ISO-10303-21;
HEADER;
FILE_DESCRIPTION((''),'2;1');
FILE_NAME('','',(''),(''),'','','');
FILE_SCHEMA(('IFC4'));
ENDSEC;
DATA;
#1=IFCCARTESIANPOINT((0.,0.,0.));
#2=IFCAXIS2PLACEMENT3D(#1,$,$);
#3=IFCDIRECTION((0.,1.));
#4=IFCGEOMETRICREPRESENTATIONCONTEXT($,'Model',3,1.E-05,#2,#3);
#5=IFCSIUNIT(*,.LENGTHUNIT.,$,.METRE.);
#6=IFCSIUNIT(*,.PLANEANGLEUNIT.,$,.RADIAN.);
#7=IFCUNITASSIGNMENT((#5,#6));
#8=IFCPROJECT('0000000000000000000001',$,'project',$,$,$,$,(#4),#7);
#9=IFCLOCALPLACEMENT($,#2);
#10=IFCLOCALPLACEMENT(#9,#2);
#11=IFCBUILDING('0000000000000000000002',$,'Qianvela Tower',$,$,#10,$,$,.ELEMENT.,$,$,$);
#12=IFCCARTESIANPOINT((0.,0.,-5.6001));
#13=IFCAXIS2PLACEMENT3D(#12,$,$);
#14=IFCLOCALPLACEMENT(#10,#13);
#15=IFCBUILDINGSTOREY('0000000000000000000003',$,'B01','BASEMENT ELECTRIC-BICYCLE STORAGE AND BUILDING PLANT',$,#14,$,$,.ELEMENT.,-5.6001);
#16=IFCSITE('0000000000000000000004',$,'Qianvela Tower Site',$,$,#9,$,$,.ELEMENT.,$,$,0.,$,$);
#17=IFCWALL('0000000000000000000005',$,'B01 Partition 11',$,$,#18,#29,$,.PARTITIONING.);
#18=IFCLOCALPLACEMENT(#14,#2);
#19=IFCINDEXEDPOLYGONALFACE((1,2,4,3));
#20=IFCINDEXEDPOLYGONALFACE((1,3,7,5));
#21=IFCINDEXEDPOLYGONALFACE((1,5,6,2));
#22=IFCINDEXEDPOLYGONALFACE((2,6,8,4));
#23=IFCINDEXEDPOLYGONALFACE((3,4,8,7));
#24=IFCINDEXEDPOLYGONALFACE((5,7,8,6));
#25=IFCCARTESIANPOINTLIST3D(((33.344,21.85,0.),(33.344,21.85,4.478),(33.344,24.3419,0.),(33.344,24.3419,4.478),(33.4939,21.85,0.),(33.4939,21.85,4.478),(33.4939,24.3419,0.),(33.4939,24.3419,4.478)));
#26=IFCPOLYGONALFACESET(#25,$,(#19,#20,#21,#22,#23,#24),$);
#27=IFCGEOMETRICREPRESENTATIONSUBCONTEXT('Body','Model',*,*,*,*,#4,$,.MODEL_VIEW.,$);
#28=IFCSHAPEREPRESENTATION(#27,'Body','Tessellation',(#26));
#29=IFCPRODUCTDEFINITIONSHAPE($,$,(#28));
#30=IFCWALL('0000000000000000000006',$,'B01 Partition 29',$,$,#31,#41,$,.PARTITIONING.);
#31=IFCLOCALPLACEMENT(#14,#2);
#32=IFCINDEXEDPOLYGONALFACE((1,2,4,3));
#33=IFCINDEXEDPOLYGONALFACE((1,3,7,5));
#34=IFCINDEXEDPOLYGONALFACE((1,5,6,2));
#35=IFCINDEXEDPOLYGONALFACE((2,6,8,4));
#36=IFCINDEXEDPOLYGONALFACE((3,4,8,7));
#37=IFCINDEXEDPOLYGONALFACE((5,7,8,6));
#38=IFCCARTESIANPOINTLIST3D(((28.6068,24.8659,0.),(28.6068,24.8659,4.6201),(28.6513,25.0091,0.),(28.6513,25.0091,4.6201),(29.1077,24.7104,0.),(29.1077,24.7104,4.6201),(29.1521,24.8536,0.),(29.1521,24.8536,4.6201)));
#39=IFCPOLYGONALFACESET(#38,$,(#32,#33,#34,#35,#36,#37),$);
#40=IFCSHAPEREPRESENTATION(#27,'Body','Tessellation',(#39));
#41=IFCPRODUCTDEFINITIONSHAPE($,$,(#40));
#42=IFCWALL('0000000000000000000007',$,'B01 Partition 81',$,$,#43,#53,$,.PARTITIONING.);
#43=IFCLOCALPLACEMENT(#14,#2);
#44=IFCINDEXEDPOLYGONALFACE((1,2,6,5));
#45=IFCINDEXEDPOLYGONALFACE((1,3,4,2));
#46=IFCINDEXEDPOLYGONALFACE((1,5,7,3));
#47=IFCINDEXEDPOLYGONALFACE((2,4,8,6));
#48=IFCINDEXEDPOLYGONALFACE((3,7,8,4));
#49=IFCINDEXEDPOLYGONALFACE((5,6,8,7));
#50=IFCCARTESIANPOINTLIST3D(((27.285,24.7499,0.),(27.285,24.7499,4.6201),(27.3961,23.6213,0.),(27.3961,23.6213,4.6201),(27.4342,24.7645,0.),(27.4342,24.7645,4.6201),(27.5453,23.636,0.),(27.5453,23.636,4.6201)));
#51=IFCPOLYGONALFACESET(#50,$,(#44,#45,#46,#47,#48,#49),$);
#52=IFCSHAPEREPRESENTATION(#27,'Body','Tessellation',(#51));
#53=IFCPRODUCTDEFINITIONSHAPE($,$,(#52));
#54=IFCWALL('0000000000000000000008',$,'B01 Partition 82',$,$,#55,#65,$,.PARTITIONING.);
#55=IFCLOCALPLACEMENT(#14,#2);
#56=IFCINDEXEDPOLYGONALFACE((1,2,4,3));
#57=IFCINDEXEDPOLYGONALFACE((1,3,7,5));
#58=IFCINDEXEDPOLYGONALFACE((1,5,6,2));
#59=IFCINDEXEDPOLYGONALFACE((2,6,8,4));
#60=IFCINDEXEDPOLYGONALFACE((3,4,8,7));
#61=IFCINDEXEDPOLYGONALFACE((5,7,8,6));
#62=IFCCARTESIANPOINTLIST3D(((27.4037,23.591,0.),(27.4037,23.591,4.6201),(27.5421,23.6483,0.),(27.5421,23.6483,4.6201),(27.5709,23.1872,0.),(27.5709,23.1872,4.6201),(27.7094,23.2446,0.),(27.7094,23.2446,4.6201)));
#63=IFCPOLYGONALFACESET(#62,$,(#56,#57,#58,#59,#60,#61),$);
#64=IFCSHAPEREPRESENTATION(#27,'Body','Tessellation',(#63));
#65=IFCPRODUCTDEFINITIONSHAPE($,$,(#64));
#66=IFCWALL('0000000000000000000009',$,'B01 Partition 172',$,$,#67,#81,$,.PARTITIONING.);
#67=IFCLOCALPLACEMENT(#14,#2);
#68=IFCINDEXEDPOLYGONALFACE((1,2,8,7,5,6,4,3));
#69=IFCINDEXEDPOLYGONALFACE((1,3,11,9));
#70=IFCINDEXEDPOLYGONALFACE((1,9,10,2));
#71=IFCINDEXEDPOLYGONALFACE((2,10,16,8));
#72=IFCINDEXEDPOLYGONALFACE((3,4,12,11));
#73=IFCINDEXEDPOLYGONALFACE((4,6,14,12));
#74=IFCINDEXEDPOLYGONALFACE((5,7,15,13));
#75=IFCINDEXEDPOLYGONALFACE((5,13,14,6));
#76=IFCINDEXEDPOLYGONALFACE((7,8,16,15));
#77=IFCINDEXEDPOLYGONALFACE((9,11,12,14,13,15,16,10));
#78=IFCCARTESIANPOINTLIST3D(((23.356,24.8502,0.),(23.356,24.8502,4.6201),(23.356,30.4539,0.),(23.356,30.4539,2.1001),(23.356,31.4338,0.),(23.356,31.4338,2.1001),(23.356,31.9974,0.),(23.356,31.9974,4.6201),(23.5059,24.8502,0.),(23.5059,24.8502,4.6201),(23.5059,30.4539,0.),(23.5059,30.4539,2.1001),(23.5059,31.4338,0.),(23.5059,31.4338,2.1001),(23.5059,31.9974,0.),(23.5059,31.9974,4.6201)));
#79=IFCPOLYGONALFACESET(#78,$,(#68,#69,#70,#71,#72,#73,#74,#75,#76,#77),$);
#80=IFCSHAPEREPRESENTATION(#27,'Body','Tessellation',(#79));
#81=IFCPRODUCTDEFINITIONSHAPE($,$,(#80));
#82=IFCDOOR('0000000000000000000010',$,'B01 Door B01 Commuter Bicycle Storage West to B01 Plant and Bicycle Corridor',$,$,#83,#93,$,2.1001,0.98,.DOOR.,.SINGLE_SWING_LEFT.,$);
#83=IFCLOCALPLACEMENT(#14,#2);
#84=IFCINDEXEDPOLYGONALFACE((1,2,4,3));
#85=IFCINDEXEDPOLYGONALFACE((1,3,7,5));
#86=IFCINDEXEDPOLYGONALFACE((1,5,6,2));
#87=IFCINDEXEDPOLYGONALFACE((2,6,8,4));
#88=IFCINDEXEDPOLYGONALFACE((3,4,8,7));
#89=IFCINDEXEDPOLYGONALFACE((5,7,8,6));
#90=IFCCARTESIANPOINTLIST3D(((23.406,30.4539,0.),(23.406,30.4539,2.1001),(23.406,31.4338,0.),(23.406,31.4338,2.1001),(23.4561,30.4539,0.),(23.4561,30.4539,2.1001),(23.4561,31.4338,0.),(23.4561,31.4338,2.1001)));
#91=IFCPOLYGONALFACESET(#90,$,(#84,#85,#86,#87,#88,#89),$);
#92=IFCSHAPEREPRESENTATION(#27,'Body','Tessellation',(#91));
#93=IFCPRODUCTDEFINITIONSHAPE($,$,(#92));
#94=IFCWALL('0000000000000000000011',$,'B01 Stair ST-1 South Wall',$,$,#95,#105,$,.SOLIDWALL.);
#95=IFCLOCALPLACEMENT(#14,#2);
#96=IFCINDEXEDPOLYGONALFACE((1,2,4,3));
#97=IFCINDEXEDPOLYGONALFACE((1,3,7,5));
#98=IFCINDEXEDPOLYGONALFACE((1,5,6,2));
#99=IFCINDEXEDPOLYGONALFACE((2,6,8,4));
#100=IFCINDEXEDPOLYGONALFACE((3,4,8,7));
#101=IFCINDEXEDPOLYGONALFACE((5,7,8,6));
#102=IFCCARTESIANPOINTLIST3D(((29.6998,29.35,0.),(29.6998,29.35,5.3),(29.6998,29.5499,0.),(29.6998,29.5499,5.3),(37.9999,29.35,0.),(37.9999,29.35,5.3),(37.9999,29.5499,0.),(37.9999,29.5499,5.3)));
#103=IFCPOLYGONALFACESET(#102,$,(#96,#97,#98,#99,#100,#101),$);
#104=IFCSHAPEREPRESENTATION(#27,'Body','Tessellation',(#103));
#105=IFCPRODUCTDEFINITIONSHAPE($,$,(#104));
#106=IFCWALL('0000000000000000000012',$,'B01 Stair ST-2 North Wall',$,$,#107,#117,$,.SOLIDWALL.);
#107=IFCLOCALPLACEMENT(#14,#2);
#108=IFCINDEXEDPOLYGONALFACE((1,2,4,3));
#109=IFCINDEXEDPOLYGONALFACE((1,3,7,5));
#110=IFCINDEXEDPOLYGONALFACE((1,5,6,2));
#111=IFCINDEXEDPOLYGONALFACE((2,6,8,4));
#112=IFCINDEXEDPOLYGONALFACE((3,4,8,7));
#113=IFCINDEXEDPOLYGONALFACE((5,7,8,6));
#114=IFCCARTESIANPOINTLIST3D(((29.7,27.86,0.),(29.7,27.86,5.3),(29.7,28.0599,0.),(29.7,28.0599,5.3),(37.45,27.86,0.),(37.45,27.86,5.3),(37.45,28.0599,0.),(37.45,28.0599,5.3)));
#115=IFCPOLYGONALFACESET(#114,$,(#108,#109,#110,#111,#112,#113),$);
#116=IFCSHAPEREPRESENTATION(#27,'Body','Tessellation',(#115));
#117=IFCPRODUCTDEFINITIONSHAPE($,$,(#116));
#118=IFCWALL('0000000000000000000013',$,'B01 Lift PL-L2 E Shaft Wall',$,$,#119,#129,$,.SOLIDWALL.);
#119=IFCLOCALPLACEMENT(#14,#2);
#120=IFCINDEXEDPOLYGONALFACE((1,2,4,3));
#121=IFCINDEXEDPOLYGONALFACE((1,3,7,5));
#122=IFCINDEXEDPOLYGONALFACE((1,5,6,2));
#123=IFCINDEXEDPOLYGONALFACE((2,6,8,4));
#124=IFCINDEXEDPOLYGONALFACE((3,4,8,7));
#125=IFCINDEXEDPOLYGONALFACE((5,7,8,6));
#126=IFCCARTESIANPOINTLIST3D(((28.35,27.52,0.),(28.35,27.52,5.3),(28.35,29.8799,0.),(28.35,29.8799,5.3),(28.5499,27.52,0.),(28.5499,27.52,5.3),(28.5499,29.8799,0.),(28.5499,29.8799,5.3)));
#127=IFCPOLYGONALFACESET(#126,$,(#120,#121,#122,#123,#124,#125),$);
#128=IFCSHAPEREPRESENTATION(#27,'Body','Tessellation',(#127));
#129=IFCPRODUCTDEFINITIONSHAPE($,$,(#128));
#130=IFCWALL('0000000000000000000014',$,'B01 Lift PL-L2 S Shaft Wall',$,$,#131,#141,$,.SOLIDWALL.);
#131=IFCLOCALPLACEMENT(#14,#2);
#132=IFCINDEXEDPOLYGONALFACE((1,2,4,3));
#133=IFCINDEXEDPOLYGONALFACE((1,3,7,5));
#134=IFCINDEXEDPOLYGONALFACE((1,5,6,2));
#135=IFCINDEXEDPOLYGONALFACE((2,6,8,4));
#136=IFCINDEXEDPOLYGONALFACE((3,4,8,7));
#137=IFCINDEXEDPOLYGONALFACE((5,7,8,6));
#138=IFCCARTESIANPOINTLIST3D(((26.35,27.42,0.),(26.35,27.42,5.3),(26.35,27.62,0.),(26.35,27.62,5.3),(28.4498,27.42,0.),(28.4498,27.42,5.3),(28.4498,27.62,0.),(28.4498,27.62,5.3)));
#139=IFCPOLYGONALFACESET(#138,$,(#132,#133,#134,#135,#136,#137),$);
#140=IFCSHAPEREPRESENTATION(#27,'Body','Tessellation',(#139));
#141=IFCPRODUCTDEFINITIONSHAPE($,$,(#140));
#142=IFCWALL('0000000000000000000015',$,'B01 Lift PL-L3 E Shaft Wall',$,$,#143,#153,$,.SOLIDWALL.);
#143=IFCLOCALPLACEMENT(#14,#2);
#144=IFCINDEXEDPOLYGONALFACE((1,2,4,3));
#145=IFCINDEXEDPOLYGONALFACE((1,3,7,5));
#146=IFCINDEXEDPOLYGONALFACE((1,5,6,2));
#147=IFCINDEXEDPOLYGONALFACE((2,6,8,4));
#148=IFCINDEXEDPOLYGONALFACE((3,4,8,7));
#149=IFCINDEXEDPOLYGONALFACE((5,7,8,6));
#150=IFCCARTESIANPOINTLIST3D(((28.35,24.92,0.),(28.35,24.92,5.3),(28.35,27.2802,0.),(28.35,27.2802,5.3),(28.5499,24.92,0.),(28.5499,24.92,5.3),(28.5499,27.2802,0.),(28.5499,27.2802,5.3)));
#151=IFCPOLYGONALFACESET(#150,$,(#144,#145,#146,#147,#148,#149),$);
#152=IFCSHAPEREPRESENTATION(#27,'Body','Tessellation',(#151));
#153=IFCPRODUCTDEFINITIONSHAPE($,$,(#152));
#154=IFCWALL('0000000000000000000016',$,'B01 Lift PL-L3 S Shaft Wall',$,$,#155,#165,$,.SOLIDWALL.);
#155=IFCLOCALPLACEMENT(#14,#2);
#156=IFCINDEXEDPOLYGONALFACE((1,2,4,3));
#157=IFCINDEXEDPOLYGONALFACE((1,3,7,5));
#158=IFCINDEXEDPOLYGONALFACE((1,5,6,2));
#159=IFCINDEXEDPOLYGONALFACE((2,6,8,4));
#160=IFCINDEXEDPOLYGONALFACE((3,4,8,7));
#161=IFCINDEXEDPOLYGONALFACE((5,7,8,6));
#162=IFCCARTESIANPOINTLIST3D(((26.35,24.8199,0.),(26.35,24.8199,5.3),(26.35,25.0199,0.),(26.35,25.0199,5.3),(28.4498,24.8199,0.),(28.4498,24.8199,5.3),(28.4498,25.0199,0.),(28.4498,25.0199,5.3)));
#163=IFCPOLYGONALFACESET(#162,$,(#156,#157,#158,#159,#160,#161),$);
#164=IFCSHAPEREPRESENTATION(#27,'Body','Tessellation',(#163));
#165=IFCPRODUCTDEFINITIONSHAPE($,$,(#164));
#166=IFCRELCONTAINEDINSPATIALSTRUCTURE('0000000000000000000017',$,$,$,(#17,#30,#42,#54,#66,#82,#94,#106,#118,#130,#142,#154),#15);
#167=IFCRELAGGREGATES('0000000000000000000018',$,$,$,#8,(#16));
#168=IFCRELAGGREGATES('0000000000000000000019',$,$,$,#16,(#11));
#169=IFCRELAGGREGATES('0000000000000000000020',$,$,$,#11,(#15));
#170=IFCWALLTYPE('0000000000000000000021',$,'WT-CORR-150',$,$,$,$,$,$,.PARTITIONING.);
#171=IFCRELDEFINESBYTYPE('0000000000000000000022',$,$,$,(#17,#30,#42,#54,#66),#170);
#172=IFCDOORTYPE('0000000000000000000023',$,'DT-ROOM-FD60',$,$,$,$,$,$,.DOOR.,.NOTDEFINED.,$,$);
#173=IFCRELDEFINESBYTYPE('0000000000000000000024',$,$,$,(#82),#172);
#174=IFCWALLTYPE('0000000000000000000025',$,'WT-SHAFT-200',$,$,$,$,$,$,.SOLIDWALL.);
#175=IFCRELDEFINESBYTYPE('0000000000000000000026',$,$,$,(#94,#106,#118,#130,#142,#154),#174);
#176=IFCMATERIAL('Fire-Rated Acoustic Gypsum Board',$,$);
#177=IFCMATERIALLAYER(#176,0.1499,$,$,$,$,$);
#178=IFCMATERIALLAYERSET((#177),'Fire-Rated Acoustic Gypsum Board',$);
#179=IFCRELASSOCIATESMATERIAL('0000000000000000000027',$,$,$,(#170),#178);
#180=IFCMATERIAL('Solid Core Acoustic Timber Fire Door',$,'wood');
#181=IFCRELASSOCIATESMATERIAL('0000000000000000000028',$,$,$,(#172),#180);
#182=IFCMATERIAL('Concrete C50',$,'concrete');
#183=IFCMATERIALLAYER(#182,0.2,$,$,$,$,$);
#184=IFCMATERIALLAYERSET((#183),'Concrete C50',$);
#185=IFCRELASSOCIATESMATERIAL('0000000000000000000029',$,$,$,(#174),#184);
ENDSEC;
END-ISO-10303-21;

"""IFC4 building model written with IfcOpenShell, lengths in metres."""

from ifc_helpers import new_model, si_unit, direction, frame, frame_2d, origin, place, context, subcontext, project, spatial, rectangle, extrude, material, layer, layer_set, type_object, element, fill, save


model = new_model("IFC4")

# Units and contexts
model_context = context("Model", 3, precision=1e-05, world=origin(), true_north=direction((0.0, 1.0)))
body_context = subcontext(model_context, "Body", "Model", "MODEL_VIEW")
ifc_project = project(units=[si_unit("LENGTHUNIT", "METRE"), si_unit("PLANEANGLEUNIT", "RADIAN")], contexts=[model_context])

# Site, building, storey
site_placement = place(None, origin())
site = spatial("IfcSite", under=ifc_project, at=site_placement, Name="Qianvela Tower Site", CompositionType="ELEMENT", RefElevation=0.0)
building_placement = place(site_placement, origin())
building = spatial("IfcBuilding", under=site, at=building_placement, Name="Qianvela Tower", CompositionType="ELEMENT")
storey_placement = place(building_placement, frame((0.0, 0.0, -5.6001)))
storey = spatial("IfcBuildingStorey", under=building, at=storey_placement, Name="B01", Description="BASEMENT ELECTRIC-BICYCLE STORAGE AND BUILDING PLANT", CompositionType="ELEMENT", Elevation=-5.6001)

# Walls
ifc_material_1 = material(Name="Fire-Rated Acoustic Gypsum Board")
ifc_layer_1 = layer(ifc_material_1, 0.1499)
ifc_layer_set_1 = layer_set([ifc_layer_1], Name="Fire-Rated Acoustic Gypsum Board")
wall_type_1 = type_object("IfcWallType", Name="WT-CORR-150", PredefinedType="PARTITIONING", material=ifc_layer_set_1)
wall_1_placement = place(storey_placement, frame((33.4189, 24.342, 0.0), z_axis=(0.0, 0.0, 1.0), x_axis=(0.0, -1.0, 0.0)))
element("IfcWall", 1, at=wall_1_placement, inside=storey, type_object=wall_type_1, Name="B01 Partition 11", PredefinedType="PARTITIONING", context=body_context, shape_type="SweptSolid", body=[
    extrude(rectangle(XDim=2.4919, YDim=0.1499, at=frame_2d((1.2461, 0.0))), origin(), (0.0, 0.0, 1.0), 4.478),
])
wall_2_placement = place(storey_placement, frame((29.1299, 24.782, 0.0), z_axis=(0.0, 0.0, 1.0), x_axis=(-0.955, 0.296604, 0.0)))
element("IfcWall", 2, at=wall_2_placement, inside=storey, type_object=wall_type_1, Name="B01 Partition 29", PredefinedType="PARTITIONING", context=body_context, shape_type="SweptSolid", body=[
    extrude(rectangle(XDim=0.5244, YDim=0.1499, at=frame_2d((0.2622, 0.0))), origin(), (0.0, 0.0, 1.0), 4.6201),
])
wall_3_placement = place(storey_placement, frame((27.3596, 24.7571, 0.0), z_axis=(0.0, 0.0, 1.0), x_axis=(0.097948, -0.995192, 0.0)))
element("IfcWall", 3, at=wall_3_placement, inside=storey, type_object=wall_type_1, Name="B01 Partition 81", PredefinedType="PARTITIONING", context=body_context, shape_type="SweptSolid", body=[
    extrude(rectangle(XDim=1.134, YDim=0.1499, at=frame_2d((0.5669, 0.0))), origin(), (0.0, 0.0, 1.0), 4.6201),
])
wall_4_placement = place(storey_placement, frame((27.4729, 23.6196, 0.0), z_axis=(0.0, 0.0, 1.0), x_axis=(0.382631, -0.923901, 0.0)))
element("IfcWall", 4, at=wall_4_placement, inside=storey, type_object=wall_type_1, Name="B01 Partition 82", PredefinedType="PARTITIONING", context=body_context, shape_type="SweptSolid", body=[
    extrude(rectangle(XDim=0.437, YDim=0.1499, at=frame_2d((0.2185, 0.0))), origin(), (0.0, 0.0, 1.0), 4.6201),
])

# Wall, opening, door
wall_5_placement = place(storey_placement, frame((23.4309, 24.8501, 0.0), z_axis=(0.0, 0.0, 1.0), x_axis=(0.0, 1.0, 0.0)))
wall_5 = element("IfcWall", 5, at=wall_5_placement, inside=storey, type_object=wall_type_1, Name="B01 Partition 172", PredefinedType="PARTITIONING", context=body_context, shape_type="SweptSolid", body=[
    extrude(rectangle(XDim=7.1472, YDim=0.1499, at=frame_2d((3.5737, 0.0))), origin(), (0.0, 0.0, 1.0), 4.6201),
])
opening_1_placement = place(wall_5_placement, frame((5.6038, 0.0, 0.0)))
opening_1 = element("IfcOpeningElement", 6, at=opening_1_placement, cuts=wall_5, PredefinedType="OPENING", context=body_context, shape_type="SweptSolid", body=[
    extrude(rectangle(XDim=0.98, YDim=2.1001, at=frame_2d((0.49, 1.05))), frame((0.0, 0.085, 0.0), z_axis=(0.0, -1.0, 0.0), x_axis=(1.0, 0.0, 0.0)), (0.0, 0.0, 1.0), 0.1699),
])
ifc_material_2 = material(Name="Solid Core Acoustic Timber Fire Door", Category="wood")
door_type_1 = type_object("IfcDoorType", Name="DT-ROOM-FD60", OperationType="NOTDEFINED", PredefinedType="DOOR", material=ifc_material_2)
door_1_placement = place(opening_1_placement, origin())
door_1 = element("IfcDoor", 7, at=door_1_placement, inside=storey, type_object=door_type_1, Name="B01 Door B01 Commuter Bicycle Storage West to B01 Plant and Bicycle Corridor", OperationType="SINGLE_SWING_LEFT", OverallHeight=2.1001, OverallWidth=0.98, PredefinedType="DOOR", context=body_context, shape_type="SweptSolid", body=[
    extrude(rectangle(XDim=0.98, YDim=2.1001, at=frame_2d((0.49, 1.05))), frame((0.0, 0.0249, 0.0), z_axis=(0.0, -1.0, 0.0), x_axis=(1.0, 0.0, 0.0)), (0.0, 0.0, 1.0), 0.05),
])
fill(opening_1, door_1)

# Walls
ifc_material_3 = material(Name="Concrete C50", Category="concrete")
ifc_layer_2 = layer(ifc_material_3, 0.2)
ifc_layer_set_2 = layer_set([ifc_layer_2], Name="Concrete C50")
wall_type_2 = type_object("IfcWallType", Name="WT-SHAFT-200", PredefinedType="SOLIDWALL", material=ifc_layer_set_2)
wall_6_placement = place(storey_placement, frame((29.7, 29.45, 0.0), z_axis=(0.0, 0.0, 1.0), x_axis=(1.0, 0.0, 0.0)))
element("IfcWall", 8, at=wall_6_placement, inside=storey, type_object=wall_type_2, Name="B01 Stair ST-1 South Wall", PredefinedType="SOLIDWALL", context=body_context, shape_type="SweptSolid", body=[
    extrude(rectangle(XDim=8.3, YDim=0.2, at=frame_2d((4.1499, 0.0))), origin(), (0.0, 0.0, 1.0), 5.3),
])
wall_7_placement = place(storey_placement, frame((29.7, 27.96, 0.0), z_axis=(0.0, 0.0, 1.0), x_axis=(1.0, 0.0, 0.0)))
element("IfcWall", 9, at=wall_7_placement, inside=storey, type_object=wall_type_2, Name="B01 Stair ST-2 North Wall", PredefinedType="SOLIDWALL", context=body_context, shape_type="SweptSolid", body=[
    extrude(rectangle(XDim=7.75, YDim=0.2, at=frame_2d((3.875, 0.0))), origin(), (0.0, 0.0, 1.0), 5.3),
])
wall_8_placement = place(storey_placement, frame((28.45, 27.52, 0.0), z_axis=(0.0, 0.0, 1.0), x_axis=(0.0, 1.0, 0.0)))
element("IfcWall", 10, at=wall_8_placement, inside=storey, type_object=wall_type_2, Name="B01 Lift PL-L2 E Shaft Wall", PredefinedType="SOLIDWALL", context=body_context, shape_type="SweptSolid", body=[
    extrude(rectangle(XDim=2.3599, YDim=0.2, at=frame_2d((1.1799, 0.0))), origin(), (0.0, 0.0, 1.0), 5.3),
])

# Walls
wall_9_placement = place(storey_placement, frame((26.3501, 27.52, 0.0), z_axis=(0.0, 0.0, 1.0), x_axis=(1.0, 0.0, 0.0)))
element("IfcWall", 11, at=wall_9_placement, inside=storey, type_object=wall_type_2, Name="B01 Lift PL-L2 S Shaft Wall", PredefinedType="SOLIDWALL", context=body_context, shape_type="SweptSolid", body=[
    extrude(rectangle(XDim=2.0999, YDim=0.2, at=frame_2d((1.0498, 0.0))), origin(), (0.0, 0.0, 1.0), 5.3),
])
wall_10_placement = place(storey_placement, frame((28.45, 24.9199, 0.0), z_axis=(0.0, 0.0, 1.0), x_axis=(0.0, 1.0, 0.0)))
element("IfcWall", 12, at=wall_10_placement, inside=storey, type_object=wall_type_2, Name="B01 Lift PL-L3 E Shaft Wall", PredefinedType="SOLIDWALL", context=body_context, shape_type="SweptSolid", body=[
    extrude(rectangle(XDim=2.3601, YDim=0.2, at=frame_2d((1.1802, 0.0))), origin(), (0.0, 0.0, 1.0), 5.3),
])

# Wall
wall_11_placement = place(storey_placement, frame((26.3501, 24.9199, 0.0), z_axis=(0.0, 0.0, 1.0), x_axis=(1.0, 0.0, 0.0)))
element("IfcWall", 13, at=wall_11_placement, inside=storey, type_object=wall_type_2, Name="B01 Lift PL-L3 S Shaft Wall", PredefinedType="SOLIDWALL", context=body_context, shape_type="SweptSolid", body=[
    extrude(rectangle(XDim=2.0999, YDim=0.2, at=frame_2d((1.0498, 0.0))), origin(), (0.0, 0.0, 1.0), 5.3),
])

save(model, "model.ifc")
